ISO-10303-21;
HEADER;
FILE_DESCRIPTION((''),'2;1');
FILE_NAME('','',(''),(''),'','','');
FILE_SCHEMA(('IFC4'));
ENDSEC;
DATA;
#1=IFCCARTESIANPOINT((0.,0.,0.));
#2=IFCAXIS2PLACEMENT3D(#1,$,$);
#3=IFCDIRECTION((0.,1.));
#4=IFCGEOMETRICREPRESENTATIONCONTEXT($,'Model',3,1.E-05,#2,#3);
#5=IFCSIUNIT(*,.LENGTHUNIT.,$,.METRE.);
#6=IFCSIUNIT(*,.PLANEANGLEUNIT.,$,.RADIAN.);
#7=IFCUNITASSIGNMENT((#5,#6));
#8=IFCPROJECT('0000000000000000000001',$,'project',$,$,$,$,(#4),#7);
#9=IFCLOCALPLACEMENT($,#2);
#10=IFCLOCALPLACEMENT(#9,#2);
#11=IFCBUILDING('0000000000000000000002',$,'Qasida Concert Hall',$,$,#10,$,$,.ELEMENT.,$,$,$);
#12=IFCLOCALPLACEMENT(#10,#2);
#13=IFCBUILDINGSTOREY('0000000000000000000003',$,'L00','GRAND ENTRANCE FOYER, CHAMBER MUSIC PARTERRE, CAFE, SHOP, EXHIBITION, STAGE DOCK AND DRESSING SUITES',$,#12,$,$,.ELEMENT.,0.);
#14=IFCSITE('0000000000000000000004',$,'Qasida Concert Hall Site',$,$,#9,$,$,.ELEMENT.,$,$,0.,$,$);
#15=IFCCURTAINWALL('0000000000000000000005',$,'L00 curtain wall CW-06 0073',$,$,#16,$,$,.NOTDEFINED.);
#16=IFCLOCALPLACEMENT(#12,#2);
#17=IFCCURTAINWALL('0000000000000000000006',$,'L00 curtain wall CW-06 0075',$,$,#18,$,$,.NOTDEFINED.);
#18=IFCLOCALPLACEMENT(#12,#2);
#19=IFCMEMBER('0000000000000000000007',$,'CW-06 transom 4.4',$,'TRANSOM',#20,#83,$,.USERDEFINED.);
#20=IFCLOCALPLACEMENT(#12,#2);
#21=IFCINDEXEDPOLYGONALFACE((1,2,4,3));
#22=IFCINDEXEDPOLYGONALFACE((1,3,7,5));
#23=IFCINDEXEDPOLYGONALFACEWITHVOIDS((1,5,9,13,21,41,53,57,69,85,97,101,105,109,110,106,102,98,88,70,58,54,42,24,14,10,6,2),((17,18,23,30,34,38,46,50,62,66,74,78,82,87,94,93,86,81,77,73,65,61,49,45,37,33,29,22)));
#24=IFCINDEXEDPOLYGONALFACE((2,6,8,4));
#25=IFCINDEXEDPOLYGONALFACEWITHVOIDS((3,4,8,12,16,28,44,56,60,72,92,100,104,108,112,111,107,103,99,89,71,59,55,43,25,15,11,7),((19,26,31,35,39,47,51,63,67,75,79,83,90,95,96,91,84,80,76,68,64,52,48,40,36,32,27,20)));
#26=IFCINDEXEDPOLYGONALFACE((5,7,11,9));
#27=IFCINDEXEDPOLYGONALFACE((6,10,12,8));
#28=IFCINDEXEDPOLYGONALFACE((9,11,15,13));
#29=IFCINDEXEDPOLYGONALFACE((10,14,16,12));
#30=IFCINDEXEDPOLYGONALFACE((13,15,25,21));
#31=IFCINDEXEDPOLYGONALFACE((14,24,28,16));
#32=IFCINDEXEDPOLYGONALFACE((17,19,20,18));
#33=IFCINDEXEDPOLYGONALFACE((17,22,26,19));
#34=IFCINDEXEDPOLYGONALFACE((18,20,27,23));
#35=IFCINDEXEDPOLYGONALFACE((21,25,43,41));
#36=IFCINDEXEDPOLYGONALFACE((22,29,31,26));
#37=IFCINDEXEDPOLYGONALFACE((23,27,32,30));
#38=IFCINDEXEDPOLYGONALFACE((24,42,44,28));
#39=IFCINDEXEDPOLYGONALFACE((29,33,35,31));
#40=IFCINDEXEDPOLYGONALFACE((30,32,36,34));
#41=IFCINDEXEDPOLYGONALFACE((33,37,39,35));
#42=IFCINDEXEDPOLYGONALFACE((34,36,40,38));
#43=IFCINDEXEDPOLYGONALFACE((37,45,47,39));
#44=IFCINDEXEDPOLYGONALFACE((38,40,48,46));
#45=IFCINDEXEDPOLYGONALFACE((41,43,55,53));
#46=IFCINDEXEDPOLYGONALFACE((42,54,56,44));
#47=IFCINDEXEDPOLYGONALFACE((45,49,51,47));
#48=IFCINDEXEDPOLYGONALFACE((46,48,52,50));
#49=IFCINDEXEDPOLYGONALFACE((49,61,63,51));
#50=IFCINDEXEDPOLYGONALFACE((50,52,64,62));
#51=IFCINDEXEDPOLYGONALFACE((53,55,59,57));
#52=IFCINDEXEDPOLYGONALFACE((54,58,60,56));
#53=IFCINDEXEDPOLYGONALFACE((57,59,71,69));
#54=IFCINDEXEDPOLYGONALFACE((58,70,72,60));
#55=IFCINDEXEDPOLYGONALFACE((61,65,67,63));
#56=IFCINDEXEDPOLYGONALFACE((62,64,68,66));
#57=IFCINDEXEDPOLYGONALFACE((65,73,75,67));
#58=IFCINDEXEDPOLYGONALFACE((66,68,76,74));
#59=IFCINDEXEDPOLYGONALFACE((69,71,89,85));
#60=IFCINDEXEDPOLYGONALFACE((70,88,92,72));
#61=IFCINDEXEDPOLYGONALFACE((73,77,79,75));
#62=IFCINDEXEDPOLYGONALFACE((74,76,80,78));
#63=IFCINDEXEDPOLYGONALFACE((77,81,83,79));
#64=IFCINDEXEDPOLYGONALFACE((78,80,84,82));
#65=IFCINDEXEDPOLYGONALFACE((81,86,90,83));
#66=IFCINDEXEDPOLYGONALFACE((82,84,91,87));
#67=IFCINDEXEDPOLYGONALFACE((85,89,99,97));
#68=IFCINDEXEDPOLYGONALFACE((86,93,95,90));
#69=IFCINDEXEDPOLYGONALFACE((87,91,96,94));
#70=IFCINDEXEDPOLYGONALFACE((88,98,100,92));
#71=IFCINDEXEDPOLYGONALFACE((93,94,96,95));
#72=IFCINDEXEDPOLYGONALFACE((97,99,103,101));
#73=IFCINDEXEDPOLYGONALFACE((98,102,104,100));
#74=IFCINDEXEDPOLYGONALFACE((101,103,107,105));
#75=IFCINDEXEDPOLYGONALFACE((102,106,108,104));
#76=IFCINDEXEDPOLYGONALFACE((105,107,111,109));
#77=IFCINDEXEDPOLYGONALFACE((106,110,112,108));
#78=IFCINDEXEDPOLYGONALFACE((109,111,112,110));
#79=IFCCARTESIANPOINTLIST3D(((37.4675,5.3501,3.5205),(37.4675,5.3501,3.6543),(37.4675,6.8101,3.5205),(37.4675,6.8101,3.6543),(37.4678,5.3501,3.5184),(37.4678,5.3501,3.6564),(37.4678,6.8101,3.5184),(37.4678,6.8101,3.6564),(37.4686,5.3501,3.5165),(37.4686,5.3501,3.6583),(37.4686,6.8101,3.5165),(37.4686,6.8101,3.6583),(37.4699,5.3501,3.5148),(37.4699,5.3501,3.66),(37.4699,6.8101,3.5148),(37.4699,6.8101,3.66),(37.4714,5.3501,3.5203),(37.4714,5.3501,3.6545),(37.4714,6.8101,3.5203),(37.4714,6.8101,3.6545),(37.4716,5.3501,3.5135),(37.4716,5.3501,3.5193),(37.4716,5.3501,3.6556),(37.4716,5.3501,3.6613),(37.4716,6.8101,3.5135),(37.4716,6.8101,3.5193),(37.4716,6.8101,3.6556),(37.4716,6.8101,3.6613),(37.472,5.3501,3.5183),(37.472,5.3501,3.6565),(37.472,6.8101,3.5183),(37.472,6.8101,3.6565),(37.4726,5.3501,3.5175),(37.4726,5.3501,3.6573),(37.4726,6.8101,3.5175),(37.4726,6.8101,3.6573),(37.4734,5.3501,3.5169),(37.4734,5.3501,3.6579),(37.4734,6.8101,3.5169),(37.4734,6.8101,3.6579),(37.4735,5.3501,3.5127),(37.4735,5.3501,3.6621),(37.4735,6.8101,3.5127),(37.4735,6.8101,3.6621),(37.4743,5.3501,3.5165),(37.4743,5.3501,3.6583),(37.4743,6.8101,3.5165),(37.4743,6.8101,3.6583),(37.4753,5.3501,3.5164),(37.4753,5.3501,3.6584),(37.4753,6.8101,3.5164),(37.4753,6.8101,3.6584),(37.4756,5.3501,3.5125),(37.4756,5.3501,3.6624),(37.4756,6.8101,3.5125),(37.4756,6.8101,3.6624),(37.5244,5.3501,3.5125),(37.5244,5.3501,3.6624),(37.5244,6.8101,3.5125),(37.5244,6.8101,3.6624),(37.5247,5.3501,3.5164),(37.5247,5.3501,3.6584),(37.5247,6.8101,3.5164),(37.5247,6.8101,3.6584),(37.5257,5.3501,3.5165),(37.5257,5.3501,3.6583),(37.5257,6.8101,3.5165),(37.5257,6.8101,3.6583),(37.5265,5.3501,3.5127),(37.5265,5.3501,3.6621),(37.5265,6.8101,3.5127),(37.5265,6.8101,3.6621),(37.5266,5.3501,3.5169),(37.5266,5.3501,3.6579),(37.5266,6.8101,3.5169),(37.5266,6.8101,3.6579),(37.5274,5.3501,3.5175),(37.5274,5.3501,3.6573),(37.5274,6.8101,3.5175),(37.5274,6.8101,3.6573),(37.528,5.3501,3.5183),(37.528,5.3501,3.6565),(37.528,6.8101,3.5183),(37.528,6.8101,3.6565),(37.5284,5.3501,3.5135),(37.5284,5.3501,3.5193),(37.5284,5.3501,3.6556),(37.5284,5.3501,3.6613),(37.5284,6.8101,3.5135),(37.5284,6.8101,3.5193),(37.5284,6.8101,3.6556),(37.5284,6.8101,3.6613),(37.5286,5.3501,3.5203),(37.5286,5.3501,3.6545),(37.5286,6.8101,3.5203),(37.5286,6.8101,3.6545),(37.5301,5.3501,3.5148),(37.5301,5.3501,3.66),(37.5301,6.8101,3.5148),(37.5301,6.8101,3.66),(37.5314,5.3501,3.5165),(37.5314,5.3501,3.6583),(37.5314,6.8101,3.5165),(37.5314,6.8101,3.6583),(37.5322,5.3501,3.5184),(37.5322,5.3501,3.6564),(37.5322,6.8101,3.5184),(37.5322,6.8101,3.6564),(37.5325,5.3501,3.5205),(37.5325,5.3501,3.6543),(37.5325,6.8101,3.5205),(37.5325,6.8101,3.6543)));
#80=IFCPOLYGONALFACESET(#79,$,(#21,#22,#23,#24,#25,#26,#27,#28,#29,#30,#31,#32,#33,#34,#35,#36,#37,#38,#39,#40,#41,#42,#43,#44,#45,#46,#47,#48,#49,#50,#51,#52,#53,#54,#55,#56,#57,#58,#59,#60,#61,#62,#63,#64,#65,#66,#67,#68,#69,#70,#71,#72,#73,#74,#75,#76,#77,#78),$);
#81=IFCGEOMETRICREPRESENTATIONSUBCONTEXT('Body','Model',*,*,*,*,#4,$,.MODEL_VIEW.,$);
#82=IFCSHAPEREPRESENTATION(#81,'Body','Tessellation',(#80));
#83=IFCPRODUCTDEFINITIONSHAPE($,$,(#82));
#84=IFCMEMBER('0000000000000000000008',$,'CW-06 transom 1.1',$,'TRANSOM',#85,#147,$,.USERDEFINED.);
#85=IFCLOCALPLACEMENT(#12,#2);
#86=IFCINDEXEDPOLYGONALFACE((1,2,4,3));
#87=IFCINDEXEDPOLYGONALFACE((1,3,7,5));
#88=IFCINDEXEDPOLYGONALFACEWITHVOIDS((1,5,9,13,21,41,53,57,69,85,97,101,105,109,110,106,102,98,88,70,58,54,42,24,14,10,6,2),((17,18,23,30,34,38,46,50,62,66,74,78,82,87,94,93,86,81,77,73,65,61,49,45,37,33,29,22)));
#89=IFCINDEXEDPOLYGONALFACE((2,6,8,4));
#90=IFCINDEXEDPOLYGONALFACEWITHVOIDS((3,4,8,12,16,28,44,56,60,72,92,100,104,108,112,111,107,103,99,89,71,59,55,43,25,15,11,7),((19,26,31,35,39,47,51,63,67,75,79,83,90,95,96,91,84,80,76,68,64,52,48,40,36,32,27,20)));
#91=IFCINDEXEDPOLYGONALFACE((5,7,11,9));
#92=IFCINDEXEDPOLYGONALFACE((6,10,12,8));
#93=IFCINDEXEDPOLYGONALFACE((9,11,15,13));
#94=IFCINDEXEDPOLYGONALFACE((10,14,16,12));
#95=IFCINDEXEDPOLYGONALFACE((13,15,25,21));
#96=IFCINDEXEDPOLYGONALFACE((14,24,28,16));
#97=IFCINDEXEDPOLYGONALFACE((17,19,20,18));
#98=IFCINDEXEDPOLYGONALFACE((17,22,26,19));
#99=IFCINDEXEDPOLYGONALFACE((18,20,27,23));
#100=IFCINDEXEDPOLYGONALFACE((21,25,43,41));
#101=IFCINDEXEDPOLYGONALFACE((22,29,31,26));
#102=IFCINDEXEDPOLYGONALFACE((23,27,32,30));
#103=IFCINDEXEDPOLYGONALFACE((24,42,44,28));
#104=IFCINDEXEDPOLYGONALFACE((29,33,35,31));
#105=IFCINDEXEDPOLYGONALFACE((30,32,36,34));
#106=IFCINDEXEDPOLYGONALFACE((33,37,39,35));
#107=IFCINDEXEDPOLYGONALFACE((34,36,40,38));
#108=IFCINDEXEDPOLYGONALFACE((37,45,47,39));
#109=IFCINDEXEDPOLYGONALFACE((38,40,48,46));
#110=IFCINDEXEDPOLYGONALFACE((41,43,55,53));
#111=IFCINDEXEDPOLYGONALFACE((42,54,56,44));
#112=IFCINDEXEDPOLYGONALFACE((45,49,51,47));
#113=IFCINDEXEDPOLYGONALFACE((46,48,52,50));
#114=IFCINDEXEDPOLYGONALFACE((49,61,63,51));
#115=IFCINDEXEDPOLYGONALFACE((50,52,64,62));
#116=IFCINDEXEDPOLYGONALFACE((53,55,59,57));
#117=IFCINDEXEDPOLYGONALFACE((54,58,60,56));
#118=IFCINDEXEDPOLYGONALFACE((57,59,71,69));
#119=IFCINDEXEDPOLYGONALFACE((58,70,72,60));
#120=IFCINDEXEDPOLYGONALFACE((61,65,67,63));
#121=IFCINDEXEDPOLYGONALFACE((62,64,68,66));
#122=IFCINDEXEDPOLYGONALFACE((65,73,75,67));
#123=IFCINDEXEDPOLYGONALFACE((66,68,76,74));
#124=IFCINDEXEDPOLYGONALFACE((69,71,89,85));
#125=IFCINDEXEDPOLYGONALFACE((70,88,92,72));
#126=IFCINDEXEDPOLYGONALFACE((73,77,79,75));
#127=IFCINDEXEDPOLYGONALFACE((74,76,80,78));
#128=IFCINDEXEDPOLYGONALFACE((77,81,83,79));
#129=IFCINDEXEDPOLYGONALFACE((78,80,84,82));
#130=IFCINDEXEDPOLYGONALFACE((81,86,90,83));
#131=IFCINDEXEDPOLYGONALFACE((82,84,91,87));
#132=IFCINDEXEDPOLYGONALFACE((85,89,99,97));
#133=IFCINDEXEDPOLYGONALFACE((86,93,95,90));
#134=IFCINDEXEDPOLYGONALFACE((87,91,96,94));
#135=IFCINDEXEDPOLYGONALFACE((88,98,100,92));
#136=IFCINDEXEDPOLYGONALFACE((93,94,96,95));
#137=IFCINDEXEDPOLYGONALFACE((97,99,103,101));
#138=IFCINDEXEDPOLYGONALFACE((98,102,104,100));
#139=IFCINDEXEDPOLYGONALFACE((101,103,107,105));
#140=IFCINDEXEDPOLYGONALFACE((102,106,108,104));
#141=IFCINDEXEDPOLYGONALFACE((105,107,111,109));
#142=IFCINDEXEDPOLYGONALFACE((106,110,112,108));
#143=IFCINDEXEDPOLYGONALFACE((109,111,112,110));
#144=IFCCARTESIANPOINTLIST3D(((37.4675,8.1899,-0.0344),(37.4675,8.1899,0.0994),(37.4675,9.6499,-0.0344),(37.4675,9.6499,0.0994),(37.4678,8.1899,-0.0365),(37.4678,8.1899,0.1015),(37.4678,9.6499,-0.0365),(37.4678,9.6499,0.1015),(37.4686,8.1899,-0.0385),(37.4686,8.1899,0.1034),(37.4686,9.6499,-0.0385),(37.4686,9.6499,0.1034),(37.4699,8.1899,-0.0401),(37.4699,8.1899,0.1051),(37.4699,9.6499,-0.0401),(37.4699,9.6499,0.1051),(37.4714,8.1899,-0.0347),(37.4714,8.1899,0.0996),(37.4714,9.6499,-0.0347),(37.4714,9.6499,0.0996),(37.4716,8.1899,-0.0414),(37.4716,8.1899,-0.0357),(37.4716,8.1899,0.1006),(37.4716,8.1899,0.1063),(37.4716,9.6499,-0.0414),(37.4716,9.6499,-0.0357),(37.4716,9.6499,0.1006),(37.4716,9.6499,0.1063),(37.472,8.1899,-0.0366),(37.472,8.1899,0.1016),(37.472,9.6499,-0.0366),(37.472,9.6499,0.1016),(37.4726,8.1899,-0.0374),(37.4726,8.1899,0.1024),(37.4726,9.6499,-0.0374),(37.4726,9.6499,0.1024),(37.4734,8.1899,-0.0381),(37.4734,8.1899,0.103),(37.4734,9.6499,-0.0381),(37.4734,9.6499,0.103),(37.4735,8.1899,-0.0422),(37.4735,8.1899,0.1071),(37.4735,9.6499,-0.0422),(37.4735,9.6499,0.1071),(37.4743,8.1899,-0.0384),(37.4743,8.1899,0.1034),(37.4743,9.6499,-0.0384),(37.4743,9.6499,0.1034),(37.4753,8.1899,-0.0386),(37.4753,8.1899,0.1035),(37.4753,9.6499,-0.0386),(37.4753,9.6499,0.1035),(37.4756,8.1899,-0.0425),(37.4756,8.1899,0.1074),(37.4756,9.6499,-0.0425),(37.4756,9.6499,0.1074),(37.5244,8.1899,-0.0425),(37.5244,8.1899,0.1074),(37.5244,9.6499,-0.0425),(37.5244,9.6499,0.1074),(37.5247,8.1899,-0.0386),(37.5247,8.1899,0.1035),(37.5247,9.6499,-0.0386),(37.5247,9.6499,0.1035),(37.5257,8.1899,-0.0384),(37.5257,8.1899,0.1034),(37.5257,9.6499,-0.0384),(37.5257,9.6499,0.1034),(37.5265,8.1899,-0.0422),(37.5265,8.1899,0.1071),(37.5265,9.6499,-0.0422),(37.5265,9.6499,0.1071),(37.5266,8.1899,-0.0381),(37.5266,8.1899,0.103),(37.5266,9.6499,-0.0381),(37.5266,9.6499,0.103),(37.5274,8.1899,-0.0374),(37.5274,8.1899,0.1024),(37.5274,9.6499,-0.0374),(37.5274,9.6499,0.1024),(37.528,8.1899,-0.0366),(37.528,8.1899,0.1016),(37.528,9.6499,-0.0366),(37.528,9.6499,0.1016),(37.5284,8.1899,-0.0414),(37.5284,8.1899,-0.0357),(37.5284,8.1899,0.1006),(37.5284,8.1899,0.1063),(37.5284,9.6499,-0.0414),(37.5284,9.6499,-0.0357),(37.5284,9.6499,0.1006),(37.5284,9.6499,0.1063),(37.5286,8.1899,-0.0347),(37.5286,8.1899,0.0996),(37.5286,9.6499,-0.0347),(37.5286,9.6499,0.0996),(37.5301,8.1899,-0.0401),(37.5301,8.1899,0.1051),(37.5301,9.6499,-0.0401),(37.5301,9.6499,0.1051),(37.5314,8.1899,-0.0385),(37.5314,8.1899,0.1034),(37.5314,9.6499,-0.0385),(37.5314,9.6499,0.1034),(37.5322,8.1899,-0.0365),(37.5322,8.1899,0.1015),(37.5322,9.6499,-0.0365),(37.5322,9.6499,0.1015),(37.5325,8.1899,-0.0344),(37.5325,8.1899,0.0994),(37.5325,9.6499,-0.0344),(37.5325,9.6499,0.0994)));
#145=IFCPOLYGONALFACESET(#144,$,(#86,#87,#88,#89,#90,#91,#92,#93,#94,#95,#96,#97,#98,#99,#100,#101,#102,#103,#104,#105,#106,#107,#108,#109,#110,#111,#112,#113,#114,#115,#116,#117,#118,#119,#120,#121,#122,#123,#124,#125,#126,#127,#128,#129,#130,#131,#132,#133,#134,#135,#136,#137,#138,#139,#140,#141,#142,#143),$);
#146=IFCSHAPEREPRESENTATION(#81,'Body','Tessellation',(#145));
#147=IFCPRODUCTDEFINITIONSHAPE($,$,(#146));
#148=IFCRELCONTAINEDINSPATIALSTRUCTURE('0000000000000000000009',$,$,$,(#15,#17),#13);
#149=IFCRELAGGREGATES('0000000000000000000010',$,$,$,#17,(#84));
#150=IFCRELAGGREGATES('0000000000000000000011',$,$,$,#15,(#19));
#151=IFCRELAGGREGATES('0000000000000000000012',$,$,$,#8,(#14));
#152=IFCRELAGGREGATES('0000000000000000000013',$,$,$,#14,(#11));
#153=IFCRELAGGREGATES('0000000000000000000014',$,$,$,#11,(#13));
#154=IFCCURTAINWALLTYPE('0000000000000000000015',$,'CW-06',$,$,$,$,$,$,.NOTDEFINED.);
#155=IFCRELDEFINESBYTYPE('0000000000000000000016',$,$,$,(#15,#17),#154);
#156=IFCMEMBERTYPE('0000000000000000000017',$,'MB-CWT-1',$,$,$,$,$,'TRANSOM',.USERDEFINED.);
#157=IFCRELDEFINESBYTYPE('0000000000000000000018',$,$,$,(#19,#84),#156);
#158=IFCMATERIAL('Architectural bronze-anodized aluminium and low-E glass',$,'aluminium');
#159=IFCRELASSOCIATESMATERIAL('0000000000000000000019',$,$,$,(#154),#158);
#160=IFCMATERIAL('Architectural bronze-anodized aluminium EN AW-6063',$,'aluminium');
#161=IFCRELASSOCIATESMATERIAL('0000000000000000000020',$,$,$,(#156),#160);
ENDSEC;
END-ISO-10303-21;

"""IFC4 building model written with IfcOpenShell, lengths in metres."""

from ifc_helpers import new_model, si_unit, direction, frame, origin, origin_2d, place, context, subcontext, project, spatial, hollow_rectangle, extrude, material, material_profile, profile_set, type_object, element, aggregate, save


model = new_model("IFC4")

# Units and contexts
model_context = context("Model", 3, precision=1e-05, world=origin(), true_north=direction((0.0, 1.0)))
body_context = subcontext(model_context, "Body", "Model", "MODEL_VIEW")
ifc_project = project(units=[si_unit("LENGTHUNIT", "METRE"), si_unit("PLANEANGLEUNIT", "RADIAN")], contexts=[model_context])

# Site, building, storey
site_placement = place(None, origin())
site = spatial("IfcSite", under=ifc_project, at=site_placement, Name="Qasida Concert Hall Site", CompositionType="ELEMENT", RefElevation=0.0)
building_placement = place(site_placement, origin())
building = spatial("IfcBuilding", under=site, at=building_placement, Name="Qasida Concert Hall", CompositionType="ELEMENT")
storey_placement = place(building_placement, origin())
storey = spatial("IfcBuildingStorey", under=building, at=storey_placement, Name="L00", Description="GRAND ENTRANCE FOYER, CHAMBER MUSIC PARTERRE, CAFE, SHOP, EXHIBITION, STAGE DOCK AND DRESSING SUITES", CompositionType="ELEMENT", Elevation=0.0)

# Curtain wall
ifc_material_1 = material(Name="Architectural bronze-anodized aluminium and low-E glass", Category="aluminium")
curtain_wall_type = type_object("IfcCurtainWallType", Name="CW-06", PredefinedType="NOTDEFINED", material=ifc_material_1)
curtain_wall_1_placement = place(storey_placement, origin())
curtain_wall_1 = element("IfcCurtainWall", 1, at=curtain_wall_1_placement, inside=storey, type_object=curtain_wall_type, Name="L00 curtain wall CW-06 0073", PredefinedType="NOTDEFINED")
ifc_material_2 = material(Name="Architectural bronze-anodized aluminium EN AW-6063", Category="aluminium")

# Curtain wall
curtain_wall_2_placement = place(storey_placement, origin())
curtain_wall_2 = element("IfcCurtainWall", 2, at=curtain_wall_2_placement, inside=storey, type_object=curtain_wall_type, Name="L00 curtain wall CW-06 0075", PredefinedType="NOTDEFINED")

# Members
ifc_material_profile_1 = material_profile(ifc_material_2, hollow_rectangle(XDim=0.0649, YDim=0.1499, WallThickness=0.0039, InnerFilletRadius=0.0039, OuterFilletRadius=0.0081, at=origin_2d()), Name="CWT 150x65x4")
ifc_profile_set_1 = profile_set([ifc_material_profile_1], Name="Architectural bronze-anodized aluminium EN AW-6063")
member_type_1 = type_object("IfcMemberType", Name="MB-CWT-1", ElementType="TRANSOM", PredefinedType="USERDEFINED", material=ifc_profile_set_1)
member_1_placement = place(storey_placement, frame((37.5, 5.3501, 3.5874), z_axis=(0.0, 1.0, 0.0), x_axis=(-1.0, 0.0, 0.0)))
member_1 = element("IfcMember", 3, at=member_1_placement, type_object=member_type_1, Name="CW-06 transom 4.4", ObjectType="TRANSOM", PredefinedType="USERDEFINED", context=body_context, shape_type="SweptSolid", body=[
    extrude(hollow_rectangle(XDim=0.0649, YDim=0.1499, WallThickness=0.0039, InnerFilletRadius=0.0039, OuterFilletRadius=0.0081, at=origin_2d()), origin(), (0.0, 0.0, 1.0), 1.46),
])
member_2_placement = place(storey_placement, frame((37.5, 8.1899, 0.0325), z_axis=(0.0, 1.0, 0.0), x_axis=(-1.0, 0.0, 0.0)))
member_2 = element("IfcMember", 4, at=member_2_placement, type_object=member_type_1, Name="CW-06 transom 1.1", ObjectType="TRANSOM", PredefinedType="USERDEFINED", context=body_context, shape_type="SweptSolid", body=[
    extrude(hollow_rectangle(XDim=0.0649, YDim=0.1499, WallThickness=0.0039, InnerFilletRadius=0.0039, OuterFilletRadius=0.0081, at=origin_2d()), origin(), (0.0, 0.0, 1.0), 1.46),
])
aggregate(curtain_wall_2, [member_2])

aggregate(curtain_wall_1, [member_1])

save(model, "model.ifc")
